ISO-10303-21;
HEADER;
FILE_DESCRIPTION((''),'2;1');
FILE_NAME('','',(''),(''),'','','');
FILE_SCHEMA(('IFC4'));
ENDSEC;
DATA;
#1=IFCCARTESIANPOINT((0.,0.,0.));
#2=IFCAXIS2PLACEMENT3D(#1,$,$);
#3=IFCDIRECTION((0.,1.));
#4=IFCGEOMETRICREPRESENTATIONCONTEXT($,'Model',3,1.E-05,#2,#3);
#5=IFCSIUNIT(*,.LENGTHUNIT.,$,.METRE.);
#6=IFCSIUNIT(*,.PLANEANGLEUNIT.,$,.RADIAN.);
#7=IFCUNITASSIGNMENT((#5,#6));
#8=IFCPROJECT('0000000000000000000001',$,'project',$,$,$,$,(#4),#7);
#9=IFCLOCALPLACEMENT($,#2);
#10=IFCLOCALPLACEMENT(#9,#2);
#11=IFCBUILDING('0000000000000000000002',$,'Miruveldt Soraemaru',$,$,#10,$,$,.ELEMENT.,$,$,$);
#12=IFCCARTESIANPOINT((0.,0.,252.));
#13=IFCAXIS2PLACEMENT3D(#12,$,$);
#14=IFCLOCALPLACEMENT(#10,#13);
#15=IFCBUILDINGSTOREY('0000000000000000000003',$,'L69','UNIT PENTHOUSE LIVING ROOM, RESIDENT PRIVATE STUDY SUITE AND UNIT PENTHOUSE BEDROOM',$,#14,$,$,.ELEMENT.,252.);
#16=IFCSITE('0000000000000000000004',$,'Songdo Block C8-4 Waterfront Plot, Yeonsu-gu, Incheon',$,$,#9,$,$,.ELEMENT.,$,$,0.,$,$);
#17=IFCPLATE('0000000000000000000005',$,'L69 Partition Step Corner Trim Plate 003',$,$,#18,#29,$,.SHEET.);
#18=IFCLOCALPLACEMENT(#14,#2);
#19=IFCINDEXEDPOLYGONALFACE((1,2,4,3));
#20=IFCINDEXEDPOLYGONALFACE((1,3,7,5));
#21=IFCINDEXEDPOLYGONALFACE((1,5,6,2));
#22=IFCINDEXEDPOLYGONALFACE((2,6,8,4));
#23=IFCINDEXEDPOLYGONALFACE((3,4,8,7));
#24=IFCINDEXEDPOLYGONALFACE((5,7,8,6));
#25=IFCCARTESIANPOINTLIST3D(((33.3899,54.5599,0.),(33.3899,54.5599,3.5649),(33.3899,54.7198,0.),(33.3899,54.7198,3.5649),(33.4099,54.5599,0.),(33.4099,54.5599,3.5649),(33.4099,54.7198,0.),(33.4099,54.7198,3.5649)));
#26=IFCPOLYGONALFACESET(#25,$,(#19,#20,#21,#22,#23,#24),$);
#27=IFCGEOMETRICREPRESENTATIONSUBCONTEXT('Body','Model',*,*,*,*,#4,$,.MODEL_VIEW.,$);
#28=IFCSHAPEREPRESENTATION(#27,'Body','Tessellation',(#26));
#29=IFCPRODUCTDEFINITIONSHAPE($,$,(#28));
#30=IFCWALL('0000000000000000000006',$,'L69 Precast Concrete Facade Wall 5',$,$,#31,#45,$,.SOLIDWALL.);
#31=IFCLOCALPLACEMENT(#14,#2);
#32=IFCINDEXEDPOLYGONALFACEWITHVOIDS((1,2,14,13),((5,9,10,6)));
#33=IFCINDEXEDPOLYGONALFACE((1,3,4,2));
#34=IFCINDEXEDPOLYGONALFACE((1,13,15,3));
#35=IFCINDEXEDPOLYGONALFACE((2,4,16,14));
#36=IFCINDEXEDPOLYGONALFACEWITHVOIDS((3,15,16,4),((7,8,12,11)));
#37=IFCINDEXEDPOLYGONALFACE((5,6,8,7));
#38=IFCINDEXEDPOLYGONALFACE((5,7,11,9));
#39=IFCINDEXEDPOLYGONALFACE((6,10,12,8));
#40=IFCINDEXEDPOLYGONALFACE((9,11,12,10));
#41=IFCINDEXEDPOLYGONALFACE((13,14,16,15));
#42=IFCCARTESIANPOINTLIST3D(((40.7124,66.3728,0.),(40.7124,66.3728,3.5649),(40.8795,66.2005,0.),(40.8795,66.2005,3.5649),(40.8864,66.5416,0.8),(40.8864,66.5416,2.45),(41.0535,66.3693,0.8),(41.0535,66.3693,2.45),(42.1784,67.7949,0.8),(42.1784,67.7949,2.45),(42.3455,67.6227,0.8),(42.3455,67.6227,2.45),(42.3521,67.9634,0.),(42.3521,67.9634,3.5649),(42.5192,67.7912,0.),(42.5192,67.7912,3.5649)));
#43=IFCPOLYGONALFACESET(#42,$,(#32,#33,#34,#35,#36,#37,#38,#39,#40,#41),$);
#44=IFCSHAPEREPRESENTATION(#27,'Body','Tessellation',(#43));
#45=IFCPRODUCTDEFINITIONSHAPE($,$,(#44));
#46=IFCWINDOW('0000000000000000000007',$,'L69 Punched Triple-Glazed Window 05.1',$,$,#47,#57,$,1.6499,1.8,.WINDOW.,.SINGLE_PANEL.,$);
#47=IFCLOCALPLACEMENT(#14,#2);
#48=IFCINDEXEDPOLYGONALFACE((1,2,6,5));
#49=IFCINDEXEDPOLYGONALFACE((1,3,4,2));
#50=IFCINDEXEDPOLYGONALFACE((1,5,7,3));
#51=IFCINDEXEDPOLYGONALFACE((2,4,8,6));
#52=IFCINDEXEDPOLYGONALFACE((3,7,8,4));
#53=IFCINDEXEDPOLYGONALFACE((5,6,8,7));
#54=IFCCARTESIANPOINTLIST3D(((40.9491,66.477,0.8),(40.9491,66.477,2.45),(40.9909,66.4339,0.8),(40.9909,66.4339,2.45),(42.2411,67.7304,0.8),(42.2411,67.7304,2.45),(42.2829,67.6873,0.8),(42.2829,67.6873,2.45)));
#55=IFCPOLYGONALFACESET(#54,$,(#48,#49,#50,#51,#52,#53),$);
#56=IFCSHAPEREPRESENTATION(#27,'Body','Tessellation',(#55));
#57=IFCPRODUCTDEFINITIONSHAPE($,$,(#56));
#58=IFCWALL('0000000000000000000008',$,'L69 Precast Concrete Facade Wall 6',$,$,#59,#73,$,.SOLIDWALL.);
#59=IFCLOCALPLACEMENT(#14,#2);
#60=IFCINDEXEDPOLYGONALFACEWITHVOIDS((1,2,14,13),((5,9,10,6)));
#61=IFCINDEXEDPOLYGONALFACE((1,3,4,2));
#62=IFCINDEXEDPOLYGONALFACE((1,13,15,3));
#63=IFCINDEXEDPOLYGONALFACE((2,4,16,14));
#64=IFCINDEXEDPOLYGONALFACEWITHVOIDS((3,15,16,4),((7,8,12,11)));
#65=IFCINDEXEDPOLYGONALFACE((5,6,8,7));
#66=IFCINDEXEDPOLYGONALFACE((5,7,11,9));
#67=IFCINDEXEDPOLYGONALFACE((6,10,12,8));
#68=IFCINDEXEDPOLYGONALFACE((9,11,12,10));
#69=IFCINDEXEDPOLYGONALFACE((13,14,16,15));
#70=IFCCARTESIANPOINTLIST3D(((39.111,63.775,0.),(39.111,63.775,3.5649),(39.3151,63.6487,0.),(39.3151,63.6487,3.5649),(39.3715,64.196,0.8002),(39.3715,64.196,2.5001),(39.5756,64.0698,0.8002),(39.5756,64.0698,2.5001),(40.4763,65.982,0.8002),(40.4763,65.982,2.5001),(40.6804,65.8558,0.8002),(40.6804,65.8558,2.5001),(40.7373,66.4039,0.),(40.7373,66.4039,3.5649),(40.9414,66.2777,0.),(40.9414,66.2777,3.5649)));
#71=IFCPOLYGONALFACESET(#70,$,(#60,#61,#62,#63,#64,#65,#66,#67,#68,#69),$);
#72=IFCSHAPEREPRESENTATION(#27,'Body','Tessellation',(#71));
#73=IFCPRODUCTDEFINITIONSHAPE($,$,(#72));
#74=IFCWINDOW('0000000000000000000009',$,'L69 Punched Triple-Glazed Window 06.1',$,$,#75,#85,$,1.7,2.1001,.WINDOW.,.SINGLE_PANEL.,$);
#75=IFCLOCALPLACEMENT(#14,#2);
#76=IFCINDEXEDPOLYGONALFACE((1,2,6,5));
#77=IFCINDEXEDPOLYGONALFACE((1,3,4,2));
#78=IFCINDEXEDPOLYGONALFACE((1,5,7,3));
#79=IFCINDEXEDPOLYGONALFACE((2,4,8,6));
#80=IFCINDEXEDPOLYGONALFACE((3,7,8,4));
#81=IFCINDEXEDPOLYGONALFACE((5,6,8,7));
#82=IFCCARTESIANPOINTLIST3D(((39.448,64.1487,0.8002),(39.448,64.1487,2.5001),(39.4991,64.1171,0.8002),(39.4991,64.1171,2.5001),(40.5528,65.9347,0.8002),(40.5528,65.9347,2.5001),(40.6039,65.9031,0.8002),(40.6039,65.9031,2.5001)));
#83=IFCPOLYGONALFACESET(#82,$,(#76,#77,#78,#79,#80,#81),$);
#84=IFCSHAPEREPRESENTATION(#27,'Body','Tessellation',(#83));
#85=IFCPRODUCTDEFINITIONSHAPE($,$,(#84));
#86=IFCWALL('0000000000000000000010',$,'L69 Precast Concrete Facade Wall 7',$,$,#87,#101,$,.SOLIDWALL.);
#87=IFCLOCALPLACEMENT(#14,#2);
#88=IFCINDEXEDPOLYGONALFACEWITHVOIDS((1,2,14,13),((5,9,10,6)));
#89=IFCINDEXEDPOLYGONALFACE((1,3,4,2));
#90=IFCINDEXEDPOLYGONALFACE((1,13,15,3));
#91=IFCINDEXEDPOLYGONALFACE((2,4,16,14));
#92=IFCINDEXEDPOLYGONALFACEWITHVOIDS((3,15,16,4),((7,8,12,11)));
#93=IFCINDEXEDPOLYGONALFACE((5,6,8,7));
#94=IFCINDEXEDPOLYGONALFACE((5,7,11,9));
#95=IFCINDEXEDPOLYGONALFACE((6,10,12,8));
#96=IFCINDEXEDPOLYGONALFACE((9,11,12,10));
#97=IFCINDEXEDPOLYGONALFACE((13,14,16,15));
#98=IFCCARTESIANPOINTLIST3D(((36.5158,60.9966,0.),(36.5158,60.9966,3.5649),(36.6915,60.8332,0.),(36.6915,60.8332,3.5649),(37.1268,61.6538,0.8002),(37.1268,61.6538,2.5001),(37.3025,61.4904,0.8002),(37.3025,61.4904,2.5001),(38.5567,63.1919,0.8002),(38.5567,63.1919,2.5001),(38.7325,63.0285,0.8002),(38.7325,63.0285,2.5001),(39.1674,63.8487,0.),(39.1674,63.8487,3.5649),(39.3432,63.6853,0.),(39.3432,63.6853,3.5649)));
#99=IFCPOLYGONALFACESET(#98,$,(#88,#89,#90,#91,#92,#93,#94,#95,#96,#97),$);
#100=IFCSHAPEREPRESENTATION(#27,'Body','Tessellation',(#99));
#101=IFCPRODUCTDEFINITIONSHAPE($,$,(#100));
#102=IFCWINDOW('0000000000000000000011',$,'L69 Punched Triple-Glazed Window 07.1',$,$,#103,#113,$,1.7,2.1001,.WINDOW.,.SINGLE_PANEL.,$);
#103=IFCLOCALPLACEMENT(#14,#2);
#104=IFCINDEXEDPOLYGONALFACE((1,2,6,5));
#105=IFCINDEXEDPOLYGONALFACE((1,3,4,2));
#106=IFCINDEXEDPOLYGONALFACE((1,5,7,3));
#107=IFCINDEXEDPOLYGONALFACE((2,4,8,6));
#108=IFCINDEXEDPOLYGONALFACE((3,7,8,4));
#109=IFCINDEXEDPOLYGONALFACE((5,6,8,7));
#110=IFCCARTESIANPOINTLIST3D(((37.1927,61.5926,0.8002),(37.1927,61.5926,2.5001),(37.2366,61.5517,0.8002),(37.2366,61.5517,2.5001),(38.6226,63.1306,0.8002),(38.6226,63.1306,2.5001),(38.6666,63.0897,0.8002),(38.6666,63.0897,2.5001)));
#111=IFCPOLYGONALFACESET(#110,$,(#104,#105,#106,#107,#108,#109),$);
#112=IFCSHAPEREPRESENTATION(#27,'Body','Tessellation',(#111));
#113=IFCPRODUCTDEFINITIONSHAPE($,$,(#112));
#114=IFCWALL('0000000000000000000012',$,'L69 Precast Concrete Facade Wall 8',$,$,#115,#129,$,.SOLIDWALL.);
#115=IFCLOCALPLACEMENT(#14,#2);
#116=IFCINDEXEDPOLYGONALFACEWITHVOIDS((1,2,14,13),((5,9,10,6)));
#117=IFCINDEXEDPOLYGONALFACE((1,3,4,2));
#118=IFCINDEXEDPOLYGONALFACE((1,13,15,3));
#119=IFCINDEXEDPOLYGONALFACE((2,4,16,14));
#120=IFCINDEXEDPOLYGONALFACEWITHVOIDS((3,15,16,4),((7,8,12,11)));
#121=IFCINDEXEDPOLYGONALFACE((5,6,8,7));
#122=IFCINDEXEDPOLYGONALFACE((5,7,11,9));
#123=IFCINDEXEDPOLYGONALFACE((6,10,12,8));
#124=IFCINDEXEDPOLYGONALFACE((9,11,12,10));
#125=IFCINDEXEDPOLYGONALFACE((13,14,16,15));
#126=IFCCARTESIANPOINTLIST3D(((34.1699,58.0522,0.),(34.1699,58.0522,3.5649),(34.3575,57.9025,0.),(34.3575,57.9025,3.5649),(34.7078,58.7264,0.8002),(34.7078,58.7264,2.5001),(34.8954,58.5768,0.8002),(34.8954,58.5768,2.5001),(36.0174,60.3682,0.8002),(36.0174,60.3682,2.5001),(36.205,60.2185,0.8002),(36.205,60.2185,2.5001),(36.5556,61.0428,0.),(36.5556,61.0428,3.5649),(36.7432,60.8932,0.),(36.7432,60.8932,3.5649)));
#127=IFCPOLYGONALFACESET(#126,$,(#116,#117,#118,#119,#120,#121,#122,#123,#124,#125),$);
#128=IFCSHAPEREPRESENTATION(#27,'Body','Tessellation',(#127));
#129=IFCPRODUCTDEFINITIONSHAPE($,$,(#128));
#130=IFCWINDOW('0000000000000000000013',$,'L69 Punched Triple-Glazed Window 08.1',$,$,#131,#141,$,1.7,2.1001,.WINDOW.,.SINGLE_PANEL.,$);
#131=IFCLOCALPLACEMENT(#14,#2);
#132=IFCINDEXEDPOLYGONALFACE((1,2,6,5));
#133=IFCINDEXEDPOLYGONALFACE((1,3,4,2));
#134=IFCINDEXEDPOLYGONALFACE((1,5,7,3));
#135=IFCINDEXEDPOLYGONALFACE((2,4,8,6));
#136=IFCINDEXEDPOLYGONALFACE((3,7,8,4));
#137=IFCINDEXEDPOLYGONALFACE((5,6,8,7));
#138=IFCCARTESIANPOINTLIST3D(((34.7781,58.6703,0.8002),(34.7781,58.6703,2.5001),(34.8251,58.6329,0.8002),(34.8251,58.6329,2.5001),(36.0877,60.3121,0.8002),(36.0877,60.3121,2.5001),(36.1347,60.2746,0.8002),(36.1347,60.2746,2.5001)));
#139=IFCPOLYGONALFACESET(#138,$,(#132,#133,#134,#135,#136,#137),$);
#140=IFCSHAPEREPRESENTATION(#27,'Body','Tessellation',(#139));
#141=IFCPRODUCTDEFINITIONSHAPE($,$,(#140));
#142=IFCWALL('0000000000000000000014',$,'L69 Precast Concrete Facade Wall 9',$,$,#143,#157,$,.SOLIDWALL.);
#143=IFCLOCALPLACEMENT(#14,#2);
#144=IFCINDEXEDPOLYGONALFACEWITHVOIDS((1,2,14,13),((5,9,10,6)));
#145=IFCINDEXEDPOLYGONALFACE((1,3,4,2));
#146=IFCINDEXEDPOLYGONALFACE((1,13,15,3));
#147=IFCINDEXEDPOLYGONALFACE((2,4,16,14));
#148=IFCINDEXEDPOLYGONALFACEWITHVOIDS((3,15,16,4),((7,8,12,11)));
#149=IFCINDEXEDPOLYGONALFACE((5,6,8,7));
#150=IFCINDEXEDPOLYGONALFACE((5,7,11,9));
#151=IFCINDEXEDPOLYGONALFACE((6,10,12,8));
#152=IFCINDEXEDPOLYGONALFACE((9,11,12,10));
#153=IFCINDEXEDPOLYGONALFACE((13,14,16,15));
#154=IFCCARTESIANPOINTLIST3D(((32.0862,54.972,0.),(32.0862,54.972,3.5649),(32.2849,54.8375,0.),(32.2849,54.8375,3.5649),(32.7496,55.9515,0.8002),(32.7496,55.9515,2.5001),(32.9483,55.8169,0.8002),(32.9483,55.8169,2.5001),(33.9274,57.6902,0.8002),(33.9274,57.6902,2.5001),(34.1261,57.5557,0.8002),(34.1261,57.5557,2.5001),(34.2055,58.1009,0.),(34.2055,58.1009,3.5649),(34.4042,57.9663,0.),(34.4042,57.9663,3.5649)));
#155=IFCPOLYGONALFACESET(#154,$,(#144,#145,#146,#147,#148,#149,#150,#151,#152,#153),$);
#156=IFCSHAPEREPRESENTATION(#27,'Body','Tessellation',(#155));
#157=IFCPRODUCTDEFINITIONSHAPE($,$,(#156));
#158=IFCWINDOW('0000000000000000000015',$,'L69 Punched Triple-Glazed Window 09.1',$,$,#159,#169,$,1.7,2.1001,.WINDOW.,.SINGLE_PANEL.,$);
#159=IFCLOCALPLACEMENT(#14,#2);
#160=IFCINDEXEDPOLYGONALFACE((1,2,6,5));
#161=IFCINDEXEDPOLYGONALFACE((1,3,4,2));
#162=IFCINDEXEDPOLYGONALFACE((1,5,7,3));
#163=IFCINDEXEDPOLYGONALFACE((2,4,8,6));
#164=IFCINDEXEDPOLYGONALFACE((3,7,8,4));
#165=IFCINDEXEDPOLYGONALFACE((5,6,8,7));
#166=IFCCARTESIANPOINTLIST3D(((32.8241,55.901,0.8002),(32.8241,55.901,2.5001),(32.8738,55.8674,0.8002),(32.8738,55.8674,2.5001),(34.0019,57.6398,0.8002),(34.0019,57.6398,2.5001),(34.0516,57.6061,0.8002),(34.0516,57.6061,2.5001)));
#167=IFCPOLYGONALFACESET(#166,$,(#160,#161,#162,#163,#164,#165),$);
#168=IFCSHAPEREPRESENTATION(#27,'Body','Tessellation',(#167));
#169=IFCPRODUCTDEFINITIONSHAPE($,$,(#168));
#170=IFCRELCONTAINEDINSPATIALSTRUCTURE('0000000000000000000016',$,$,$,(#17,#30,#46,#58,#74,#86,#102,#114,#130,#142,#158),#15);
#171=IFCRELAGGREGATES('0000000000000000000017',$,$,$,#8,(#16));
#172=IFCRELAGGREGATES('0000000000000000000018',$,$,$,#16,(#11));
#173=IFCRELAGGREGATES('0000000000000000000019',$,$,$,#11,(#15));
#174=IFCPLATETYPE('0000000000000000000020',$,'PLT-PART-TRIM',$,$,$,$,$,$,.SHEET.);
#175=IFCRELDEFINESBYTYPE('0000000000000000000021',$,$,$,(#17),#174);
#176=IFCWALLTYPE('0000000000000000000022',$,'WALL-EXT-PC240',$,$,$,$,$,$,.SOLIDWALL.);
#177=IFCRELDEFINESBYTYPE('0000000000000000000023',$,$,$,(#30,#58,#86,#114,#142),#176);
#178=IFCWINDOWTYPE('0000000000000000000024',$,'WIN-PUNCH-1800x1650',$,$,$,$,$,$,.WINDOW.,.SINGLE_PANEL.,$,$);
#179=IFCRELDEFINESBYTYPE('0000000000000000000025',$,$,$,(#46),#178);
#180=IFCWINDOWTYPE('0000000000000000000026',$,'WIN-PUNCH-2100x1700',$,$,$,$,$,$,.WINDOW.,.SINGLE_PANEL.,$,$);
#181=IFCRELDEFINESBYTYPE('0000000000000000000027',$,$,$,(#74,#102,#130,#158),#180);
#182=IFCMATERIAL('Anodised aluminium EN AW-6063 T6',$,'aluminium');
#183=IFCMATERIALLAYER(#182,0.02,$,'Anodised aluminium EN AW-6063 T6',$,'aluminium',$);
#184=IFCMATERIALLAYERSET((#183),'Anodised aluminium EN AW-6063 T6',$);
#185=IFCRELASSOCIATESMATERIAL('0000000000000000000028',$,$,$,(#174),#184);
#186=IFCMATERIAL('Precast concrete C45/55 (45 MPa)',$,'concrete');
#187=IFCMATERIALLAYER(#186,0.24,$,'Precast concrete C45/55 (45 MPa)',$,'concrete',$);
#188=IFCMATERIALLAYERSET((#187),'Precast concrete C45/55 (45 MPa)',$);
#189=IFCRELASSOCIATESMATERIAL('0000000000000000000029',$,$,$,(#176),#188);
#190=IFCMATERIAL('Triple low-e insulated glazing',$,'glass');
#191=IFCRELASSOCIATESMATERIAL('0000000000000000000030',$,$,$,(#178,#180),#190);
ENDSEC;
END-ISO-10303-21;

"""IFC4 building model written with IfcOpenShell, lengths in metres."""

from ifc_helpers import new_model, si_unit, direction, frame, frame_2d, origin, origin_2d, place, context, subcontext, project, spatial, rectangle, extrude, material, layer, layer_set, type_object, element, fill, save


model = new_model("IFC4")

# Units and contexts
model_context = context("Model", 3, precision=1e-05, world=origin(), true_north=direction((0.0, 1.0)))
body_context = subcontext(model_context, "Body", "Model", "MODEL_VIEW")
ifc_project = project(units=[si_unit("LENGTHUNIT", "METRE"), si_unit("PLANEANGLEUNIT", "RADIAN")], contexts=[model_context])

# Site, building, storey
site_placement = place(None, origin())
site = spatial("IfcSite", under=ifc_project, at=site_placement, Name="Songdo Block C8-4 Waterfront Plot, Yeonsu-gu, Incheon", CompositionType="ELEMENT", RefElevation=0.0)
building_placement = place(site_placement, origin())
building = spatial("IfcBuilding", under=site, at=building_placement, Name="Miruveldt Soraemaru", CompositionType="ELEMENT")
storey_placement = place(building_placement, frame((0.0, 0.0, 252.0)))
storey = spatial("IfcBuildingStorey", under=building, at=storey_placement, Name="L69", Description="UNIT PENTHOUSE LIVING ROOM, RESIDENT PRIVATE STUDY SUITE AND UNIT PENTHOUSE BEDROOM", CompositionType="ELEMENT", Elevation=252.0)

# Plate
ifc_material_1 = material(Name="Anodised aluminium EN AW-6063 T6", Category="aluminium")
ifc_layer_1 = layer(ifc_material_1, 0.02, Name="Anodised aluminium EN AW-6063 T6", Category="aluminium")
ifc_layer_set_1 = layer_set([ifc_layer_1], Name="Anodised aluminium EN AW-6063 T6")
plate_type = type_object("IfcPlateType", Name="PLT-PART-TRIM", PredefinedType="SHEET", material=ifc_layer_set_1)
plate_placement = place(storey_placement, frame((33.3999, 54.6399, 0.0), z_axis=(0.0, 0.0, 1.0), x_axis=(0.0, -1.0, 0.0)))
element("IfcPlate", 1, at=plate_placement, inside=storey, type_object=plate_type, Name="L69 Partition Step Corner Trim Plate 003", PredefinedType="SHEET", context=body_context, shape_type="SweptSolid", body=[
    extrude(rectangle(XDim=0.1599, YDim=0.02, at=origin_2d()), origin(), (0.0, 0.0, 1.0), 3.5649),
])

# Walls, openings, windows
ifc_material_2 = material(Name="Precast concrete C45/55 (45 MPa)", Category="concrete")
ifc_layer_2 = layer(ifc_material_2, 0.24, Name="Precast concrete C45/55 (45 MPa)", Category="concrete")
ifc_layer_set_2 = layer_set([ifc_layer_2], Name="Precast concrete C45/55 (45 MPa)")
wall_type_1 = type_object("IfcWallType", Name="WALL-EXT-PC240", PredefinedType="SOLIDWALL", material=ifc_layer_set_2)
wall_1_placement = place(storey_placement, frame((42.4355, 67.8772, 0.0), z_axis=(0.0, 0.0, 1.0), x_axis=(-0.717766, -0.696284, 0.0)))
wall_1 = element("IfcWall", 2, at=wall_1_placement, inside=storey, type_object=wall_type_1, Name="L69 Precast Concrete Facade Wall 5", PredefinedType="SOLIDWALL", context=body_context, shape_type="SweptSolid", body=[
    extrude(rectangle(XDim=2.2844, YDim=0.24, at=frame_2d((1.1421, 0.0))), origin(), (0.0, 0.0, 1.0), 3.5649),
])
opening_1_placement = place(wall_1_placement, frame((0.2419, 0.0, 0.8)))
opening_1 = element("IfcOpeningElement", 3, at=opening_1_placement, cuts=wall_1, PredefinedType="OPENING", context=body_context, shape_type="SweptSolid", body=[
    extrude(rectangle(XDim=1.8, YDim=1.6499, at=frame_2d((0.8999, 0.825))), frame((0.0, 0.1299, 0.0), z_axis=(0.0, -1.0, 0.0), x_axis=(1.0, 0.0, 0.0)), (0.0, 0.0, 1.0), 0.26),
])
ifc_material_3 = material(Name="Triple low-e insulated glazing", Category="glass")
window_type_1 = type_object("IfcWindowType", Name="WIN-PUNCH-1800x1650", PartitioningType="SINGLE_PANEL", PredefinedType="WINDOW", material=ifc_material_3)
window_1_placement = place(opening_1_placement, origin())
window_1 = element("IfcWindow", 4, at=window_1_placement, inside=storey, type_object=window_type_1, Name="L69 Punched Triple-Glazed Window 05.1", OverallHeight=1.6499, OverallWidth=1.8, PartitioningType="SINGLE_PANEL", PredefinedType="WINDOW", context=body_context, shape_type="SweptSolid", body=[
    extrude(rectangle(XDim=1.8, YDim=1.6499, at=frame_2d((0.8999, 0.825))), frame((0.0, 0.03, 0.0), z_axis=(0.0, -1.0, 0.0), x_axis=(1.0, 0.0, 0.0)), (0.0, 0.0, 1.0), 0.0601),
])
fill(opening_1, window_1)
wall_2_placement = place(storey_placement, frame((40.8394, 66.3408, 0.0), z_axis=(0.0, 0.0, 1.0), x_axis=(-0.526075, -0.850438, 0.0)))
wall_2 = element("IfcWall", 5, at=wall_2_placement, inside=storey, type_object=wall_type_1, Name="L69 Precast Concrete Facade Wall 6", PredefinedType="SOLIDWALL", context=body_context, shape_type="SweptSolid", body=[
    extrude(rectangle(XDim=3.0913, YDim=0.24, at=frame_2d((1.5457, 0.0))), origin(), (0.0, 0.0, 1.0), 3.5649),
])
opening_2_placement = place(wall_2_placement, frame((0.4961, 0.0, 0.8)))
opening_2 = element("IfcOpeningElement", 6, at=opening_2_placement, cuts=wall_2, PredefinedType="OPENING", context=body_context, shape_type="SweptSolid", body=[
    extrude(rectangle(XDim=2.1001, YDim=1.7, at=frame_2d((1.05, 0.8501))), frame((0.0, 0.1299, 0.0), z_axis=(0.0, -1.0, 0.0), x_axis=(1.0, 0.0, 0.0)), (0.0, 0.0, 1.0), 0.26),
])
window_type_2 = type_object("IfcWindowType", Name="WIN-PUNCH-2100x1700", PartitioningType="SINGLE_PANEL", PredefinedType="WINDOW", material=ifc_material_3)
window_2_placement = place(opening_2_placement, origin())
window_2 = element("IfcWindow", 7, at=window_2_placement, inside=storey, type_object=window_type_2, Name="L69 Punched Triple-Glazed Window 06.1", OverallHeight=1.7, OverallWidth=2.1001, PartitioningType="SINGLE_PANEL", PredefinedType="WINDOW", context=body_context, shape_type="SweptSolid", body=[
    extrude(rectangle(XDim=2.1001, YDim=1.7, at=frame_2d((1.05, 0.8501))), frame((0.0, 0.03, 0.0), z_axis=(0.0, -1.0, 0.0), x_axis=(1.0, 0.0, 0.0)), (0.0, 0.0, 1.0), 0.0601),
])
fill(opening_2, window_2)
wall_3_placement = place(storey_placement, frame((39.2554, 63.7671, 0.0), z_axis=(0.0, 0.0, 1.0), x_axis=(-0.680903, -0.732374, 0.0)))
wall_3 = element("IfcWall", 8, at=wall_3_placement, inside=storey, type_object=wall_type_1, Name="L69 Precast Concrete Facade Wall 7", PredefinedType="SOLIDWALL", context=body_context, shape_type="SweptSolid", body=[
    extrude(rectangle(XDim=3.8943, YDim=0.24, at=frame_2d((1.9473, 0.0))), origin(), (0.0, 0.0, 1.0), 3.5649),
])
opening_3_placement = place(wall_3_placement, frame((0.897, 0.0, 0.8)))
opening_3 = element("IfcOpeningElement", 9, at=opening_3_placement, cuts=wall_3, PredefinedType="OPENING", context=body_context, shape_type="SweptSolid", body=[
    extrude(rectangle(XDim=2.1001, YDim=1.7, at=frame_2d((1.05, 0.8501))), frame((0.0, 0.1299, 0.0), z_axis=(0.0, -1.0, 0.0), x_axis=(1.0, 0.0, 0.0)), (0.0, 0.0, 1.0), 0.26),
])
window_3_placement = place(opening_3_placement, origin())
window_3 = element("IfcWindow", 10, at=window_3_placement, inside=storey, type_object=window_type_2, Name="L69 Punched Triple-Glazed Window 07.1", OverallHeight=1.7, OverallWidth=2.1001, PartitioningType="SINGLE_PANEL", PredefinedType="WINDOW", context=body_context, shape_type="SweptSolid", body=[
    extrude(rectangle(XDim=2.1001, YDim=1.7, at=frame_2d((1.05, 0.8501))), frame((0.0, 0.03, 0.0), z_axis=(0.0, -1.0, 0.0), x_axis=(1.0, 0.0, 0.0)), (0.0, 0.0, 1.0), 0.0601),
])
fill(opening_3, window_3)
wall_4_placement = place(storey_placement, frame((36.6494, 60.968, 0.0), z_axis=(0.0, 0.0, 1.0), x_axis=(-0.623605, -0.78174, 0.0)))
wall_4 = element("IfcWall", 11, at=wall_4_placement, inside=storey, type_object=wall_type_1, Name="L69 Precast Concrete Facade Wall 8", PredefinedType="SOLIDWALL", context=body_context, shape_type="SweptSolid", body=[
    extrude(rectangle(XDim=3.8257, YDim=0.24, at=frame_2d((1.9128, 0.0))), origin(), (0.0, 0.0, 1.0), 3.5649),
])
opening_4_placement = place(wall_4_placement, frame((0.863, 0.0, 0.8)))
opening_4 = element("IfcOpeningElement", 12, at=opening_4_placement, cuts=wall_4, PredefinedType="OPENING", context=body_context, shape_type="SweptSolid", body=[
    extrude(rectangle(XDim=2.1001, YDim=1.7, at=frame_2d((1.05, 0.8501))), frame((0.0, 0.1299, 0.0), z_axis=(0.0, -1.0, 0.0), x_axis=(1.0, 0.0, 0.0)), (0.0, 0.0, 1.0), 0.26),
])
window_4_placement = place(opening_4_placement, origin())
window_4 = element("IfcWindow", 13, at=window_4_placement, inside=storey, type_object=window_type_2, Name="L69 Punched Triple-Glazed Window 08.1", OverallHeight=1.7, OverallWidth=2.1001, PartitioningType="SINGLE_PANEL", PredefinedType="WINDOW", context=body_context, shape_type="SweptSolid", body=[
    extrude(rectangle(XDim=2.1001, YDim=1.7, at=frame_2d((1.05, 0.8501))), frame((0.0, 0.03, 0.0), z_axis=(0.0, -1.0, 0.0), x_axis=(1.0, 0.0, 0.0)), (0.0, 0.0, 1.0), 0.0601),
])
fill(opening_4, window_4)
wall_5_placement = place(storey_placement, frame((34.3049, 58.0337, 0.0), z_axis=(0.0, 0.0, 1.0), x_axis=(-0.560812, -0.827943, 0.0)))
wall_5 = element("IfcWall", 14, at=wall_5_placement, inside=storey, type_object=wall_type_1, Name="L69 Precast Concrete Facade Wall 9", PredefinedType="SOLIDWALL", context=body_context, shape_type="SweptSolid", body=[
    extrude(rectangle(XDim=3.7791, YDim=0.24, at=frame_2d((1.8896, 0.0))), origin(), (0.0, 0.0, 1.0), 3.5649),
])
opening_5_placement = place(wall_5_placement, frame((0.4961, 0.0, 0.8)))
opening_5 = element("IfcOpeningElement", 15, at=opening_5_placement, cuts=wall_5, PredefinedType="OPENING", context=body_context, shape_type="SweptSolid", body=[
    extrude(rectangle(XDim=2.1001, YDim=1.7, at=frame_2d((1.05, 0.8501))), frame((0.0, 0.1299, 0.0), z_axis=(0.0, -1.0, 0.0), x_axis=(1.0, 0.0, 0.0)), (0.0, 0.0, 1.0), 0.26),
])
window_5_placement = place(opening_5_placement, origin())
window_5 = element("IfcWindow", 16, at=window_5_placement, inside=storey, type_object=window_type_2, Name="L69 Punched Triple-Glazed Window 09.1", OverallHeight=1.7, OverallWidth=2.1001, PartitioningType="SINGLE_PANEL", PredefinedType="WINDOW", context=body_context, shape_type="SweptSolid", body=[
    extrude(rectangle(XDim=2.1001, YDim=1.7, at=frame_2d((1.05, 0.8501))), frame((0.0, 0.03, 0.0), z_axis=(0.0, -1.0, 0.0), x_axis=(1.0, 0.0, 0.0)), (0.0, 0.0, 1.0), 0.0601),
])
fill(opening_5, window_5)

save(model, "model.ifc")
